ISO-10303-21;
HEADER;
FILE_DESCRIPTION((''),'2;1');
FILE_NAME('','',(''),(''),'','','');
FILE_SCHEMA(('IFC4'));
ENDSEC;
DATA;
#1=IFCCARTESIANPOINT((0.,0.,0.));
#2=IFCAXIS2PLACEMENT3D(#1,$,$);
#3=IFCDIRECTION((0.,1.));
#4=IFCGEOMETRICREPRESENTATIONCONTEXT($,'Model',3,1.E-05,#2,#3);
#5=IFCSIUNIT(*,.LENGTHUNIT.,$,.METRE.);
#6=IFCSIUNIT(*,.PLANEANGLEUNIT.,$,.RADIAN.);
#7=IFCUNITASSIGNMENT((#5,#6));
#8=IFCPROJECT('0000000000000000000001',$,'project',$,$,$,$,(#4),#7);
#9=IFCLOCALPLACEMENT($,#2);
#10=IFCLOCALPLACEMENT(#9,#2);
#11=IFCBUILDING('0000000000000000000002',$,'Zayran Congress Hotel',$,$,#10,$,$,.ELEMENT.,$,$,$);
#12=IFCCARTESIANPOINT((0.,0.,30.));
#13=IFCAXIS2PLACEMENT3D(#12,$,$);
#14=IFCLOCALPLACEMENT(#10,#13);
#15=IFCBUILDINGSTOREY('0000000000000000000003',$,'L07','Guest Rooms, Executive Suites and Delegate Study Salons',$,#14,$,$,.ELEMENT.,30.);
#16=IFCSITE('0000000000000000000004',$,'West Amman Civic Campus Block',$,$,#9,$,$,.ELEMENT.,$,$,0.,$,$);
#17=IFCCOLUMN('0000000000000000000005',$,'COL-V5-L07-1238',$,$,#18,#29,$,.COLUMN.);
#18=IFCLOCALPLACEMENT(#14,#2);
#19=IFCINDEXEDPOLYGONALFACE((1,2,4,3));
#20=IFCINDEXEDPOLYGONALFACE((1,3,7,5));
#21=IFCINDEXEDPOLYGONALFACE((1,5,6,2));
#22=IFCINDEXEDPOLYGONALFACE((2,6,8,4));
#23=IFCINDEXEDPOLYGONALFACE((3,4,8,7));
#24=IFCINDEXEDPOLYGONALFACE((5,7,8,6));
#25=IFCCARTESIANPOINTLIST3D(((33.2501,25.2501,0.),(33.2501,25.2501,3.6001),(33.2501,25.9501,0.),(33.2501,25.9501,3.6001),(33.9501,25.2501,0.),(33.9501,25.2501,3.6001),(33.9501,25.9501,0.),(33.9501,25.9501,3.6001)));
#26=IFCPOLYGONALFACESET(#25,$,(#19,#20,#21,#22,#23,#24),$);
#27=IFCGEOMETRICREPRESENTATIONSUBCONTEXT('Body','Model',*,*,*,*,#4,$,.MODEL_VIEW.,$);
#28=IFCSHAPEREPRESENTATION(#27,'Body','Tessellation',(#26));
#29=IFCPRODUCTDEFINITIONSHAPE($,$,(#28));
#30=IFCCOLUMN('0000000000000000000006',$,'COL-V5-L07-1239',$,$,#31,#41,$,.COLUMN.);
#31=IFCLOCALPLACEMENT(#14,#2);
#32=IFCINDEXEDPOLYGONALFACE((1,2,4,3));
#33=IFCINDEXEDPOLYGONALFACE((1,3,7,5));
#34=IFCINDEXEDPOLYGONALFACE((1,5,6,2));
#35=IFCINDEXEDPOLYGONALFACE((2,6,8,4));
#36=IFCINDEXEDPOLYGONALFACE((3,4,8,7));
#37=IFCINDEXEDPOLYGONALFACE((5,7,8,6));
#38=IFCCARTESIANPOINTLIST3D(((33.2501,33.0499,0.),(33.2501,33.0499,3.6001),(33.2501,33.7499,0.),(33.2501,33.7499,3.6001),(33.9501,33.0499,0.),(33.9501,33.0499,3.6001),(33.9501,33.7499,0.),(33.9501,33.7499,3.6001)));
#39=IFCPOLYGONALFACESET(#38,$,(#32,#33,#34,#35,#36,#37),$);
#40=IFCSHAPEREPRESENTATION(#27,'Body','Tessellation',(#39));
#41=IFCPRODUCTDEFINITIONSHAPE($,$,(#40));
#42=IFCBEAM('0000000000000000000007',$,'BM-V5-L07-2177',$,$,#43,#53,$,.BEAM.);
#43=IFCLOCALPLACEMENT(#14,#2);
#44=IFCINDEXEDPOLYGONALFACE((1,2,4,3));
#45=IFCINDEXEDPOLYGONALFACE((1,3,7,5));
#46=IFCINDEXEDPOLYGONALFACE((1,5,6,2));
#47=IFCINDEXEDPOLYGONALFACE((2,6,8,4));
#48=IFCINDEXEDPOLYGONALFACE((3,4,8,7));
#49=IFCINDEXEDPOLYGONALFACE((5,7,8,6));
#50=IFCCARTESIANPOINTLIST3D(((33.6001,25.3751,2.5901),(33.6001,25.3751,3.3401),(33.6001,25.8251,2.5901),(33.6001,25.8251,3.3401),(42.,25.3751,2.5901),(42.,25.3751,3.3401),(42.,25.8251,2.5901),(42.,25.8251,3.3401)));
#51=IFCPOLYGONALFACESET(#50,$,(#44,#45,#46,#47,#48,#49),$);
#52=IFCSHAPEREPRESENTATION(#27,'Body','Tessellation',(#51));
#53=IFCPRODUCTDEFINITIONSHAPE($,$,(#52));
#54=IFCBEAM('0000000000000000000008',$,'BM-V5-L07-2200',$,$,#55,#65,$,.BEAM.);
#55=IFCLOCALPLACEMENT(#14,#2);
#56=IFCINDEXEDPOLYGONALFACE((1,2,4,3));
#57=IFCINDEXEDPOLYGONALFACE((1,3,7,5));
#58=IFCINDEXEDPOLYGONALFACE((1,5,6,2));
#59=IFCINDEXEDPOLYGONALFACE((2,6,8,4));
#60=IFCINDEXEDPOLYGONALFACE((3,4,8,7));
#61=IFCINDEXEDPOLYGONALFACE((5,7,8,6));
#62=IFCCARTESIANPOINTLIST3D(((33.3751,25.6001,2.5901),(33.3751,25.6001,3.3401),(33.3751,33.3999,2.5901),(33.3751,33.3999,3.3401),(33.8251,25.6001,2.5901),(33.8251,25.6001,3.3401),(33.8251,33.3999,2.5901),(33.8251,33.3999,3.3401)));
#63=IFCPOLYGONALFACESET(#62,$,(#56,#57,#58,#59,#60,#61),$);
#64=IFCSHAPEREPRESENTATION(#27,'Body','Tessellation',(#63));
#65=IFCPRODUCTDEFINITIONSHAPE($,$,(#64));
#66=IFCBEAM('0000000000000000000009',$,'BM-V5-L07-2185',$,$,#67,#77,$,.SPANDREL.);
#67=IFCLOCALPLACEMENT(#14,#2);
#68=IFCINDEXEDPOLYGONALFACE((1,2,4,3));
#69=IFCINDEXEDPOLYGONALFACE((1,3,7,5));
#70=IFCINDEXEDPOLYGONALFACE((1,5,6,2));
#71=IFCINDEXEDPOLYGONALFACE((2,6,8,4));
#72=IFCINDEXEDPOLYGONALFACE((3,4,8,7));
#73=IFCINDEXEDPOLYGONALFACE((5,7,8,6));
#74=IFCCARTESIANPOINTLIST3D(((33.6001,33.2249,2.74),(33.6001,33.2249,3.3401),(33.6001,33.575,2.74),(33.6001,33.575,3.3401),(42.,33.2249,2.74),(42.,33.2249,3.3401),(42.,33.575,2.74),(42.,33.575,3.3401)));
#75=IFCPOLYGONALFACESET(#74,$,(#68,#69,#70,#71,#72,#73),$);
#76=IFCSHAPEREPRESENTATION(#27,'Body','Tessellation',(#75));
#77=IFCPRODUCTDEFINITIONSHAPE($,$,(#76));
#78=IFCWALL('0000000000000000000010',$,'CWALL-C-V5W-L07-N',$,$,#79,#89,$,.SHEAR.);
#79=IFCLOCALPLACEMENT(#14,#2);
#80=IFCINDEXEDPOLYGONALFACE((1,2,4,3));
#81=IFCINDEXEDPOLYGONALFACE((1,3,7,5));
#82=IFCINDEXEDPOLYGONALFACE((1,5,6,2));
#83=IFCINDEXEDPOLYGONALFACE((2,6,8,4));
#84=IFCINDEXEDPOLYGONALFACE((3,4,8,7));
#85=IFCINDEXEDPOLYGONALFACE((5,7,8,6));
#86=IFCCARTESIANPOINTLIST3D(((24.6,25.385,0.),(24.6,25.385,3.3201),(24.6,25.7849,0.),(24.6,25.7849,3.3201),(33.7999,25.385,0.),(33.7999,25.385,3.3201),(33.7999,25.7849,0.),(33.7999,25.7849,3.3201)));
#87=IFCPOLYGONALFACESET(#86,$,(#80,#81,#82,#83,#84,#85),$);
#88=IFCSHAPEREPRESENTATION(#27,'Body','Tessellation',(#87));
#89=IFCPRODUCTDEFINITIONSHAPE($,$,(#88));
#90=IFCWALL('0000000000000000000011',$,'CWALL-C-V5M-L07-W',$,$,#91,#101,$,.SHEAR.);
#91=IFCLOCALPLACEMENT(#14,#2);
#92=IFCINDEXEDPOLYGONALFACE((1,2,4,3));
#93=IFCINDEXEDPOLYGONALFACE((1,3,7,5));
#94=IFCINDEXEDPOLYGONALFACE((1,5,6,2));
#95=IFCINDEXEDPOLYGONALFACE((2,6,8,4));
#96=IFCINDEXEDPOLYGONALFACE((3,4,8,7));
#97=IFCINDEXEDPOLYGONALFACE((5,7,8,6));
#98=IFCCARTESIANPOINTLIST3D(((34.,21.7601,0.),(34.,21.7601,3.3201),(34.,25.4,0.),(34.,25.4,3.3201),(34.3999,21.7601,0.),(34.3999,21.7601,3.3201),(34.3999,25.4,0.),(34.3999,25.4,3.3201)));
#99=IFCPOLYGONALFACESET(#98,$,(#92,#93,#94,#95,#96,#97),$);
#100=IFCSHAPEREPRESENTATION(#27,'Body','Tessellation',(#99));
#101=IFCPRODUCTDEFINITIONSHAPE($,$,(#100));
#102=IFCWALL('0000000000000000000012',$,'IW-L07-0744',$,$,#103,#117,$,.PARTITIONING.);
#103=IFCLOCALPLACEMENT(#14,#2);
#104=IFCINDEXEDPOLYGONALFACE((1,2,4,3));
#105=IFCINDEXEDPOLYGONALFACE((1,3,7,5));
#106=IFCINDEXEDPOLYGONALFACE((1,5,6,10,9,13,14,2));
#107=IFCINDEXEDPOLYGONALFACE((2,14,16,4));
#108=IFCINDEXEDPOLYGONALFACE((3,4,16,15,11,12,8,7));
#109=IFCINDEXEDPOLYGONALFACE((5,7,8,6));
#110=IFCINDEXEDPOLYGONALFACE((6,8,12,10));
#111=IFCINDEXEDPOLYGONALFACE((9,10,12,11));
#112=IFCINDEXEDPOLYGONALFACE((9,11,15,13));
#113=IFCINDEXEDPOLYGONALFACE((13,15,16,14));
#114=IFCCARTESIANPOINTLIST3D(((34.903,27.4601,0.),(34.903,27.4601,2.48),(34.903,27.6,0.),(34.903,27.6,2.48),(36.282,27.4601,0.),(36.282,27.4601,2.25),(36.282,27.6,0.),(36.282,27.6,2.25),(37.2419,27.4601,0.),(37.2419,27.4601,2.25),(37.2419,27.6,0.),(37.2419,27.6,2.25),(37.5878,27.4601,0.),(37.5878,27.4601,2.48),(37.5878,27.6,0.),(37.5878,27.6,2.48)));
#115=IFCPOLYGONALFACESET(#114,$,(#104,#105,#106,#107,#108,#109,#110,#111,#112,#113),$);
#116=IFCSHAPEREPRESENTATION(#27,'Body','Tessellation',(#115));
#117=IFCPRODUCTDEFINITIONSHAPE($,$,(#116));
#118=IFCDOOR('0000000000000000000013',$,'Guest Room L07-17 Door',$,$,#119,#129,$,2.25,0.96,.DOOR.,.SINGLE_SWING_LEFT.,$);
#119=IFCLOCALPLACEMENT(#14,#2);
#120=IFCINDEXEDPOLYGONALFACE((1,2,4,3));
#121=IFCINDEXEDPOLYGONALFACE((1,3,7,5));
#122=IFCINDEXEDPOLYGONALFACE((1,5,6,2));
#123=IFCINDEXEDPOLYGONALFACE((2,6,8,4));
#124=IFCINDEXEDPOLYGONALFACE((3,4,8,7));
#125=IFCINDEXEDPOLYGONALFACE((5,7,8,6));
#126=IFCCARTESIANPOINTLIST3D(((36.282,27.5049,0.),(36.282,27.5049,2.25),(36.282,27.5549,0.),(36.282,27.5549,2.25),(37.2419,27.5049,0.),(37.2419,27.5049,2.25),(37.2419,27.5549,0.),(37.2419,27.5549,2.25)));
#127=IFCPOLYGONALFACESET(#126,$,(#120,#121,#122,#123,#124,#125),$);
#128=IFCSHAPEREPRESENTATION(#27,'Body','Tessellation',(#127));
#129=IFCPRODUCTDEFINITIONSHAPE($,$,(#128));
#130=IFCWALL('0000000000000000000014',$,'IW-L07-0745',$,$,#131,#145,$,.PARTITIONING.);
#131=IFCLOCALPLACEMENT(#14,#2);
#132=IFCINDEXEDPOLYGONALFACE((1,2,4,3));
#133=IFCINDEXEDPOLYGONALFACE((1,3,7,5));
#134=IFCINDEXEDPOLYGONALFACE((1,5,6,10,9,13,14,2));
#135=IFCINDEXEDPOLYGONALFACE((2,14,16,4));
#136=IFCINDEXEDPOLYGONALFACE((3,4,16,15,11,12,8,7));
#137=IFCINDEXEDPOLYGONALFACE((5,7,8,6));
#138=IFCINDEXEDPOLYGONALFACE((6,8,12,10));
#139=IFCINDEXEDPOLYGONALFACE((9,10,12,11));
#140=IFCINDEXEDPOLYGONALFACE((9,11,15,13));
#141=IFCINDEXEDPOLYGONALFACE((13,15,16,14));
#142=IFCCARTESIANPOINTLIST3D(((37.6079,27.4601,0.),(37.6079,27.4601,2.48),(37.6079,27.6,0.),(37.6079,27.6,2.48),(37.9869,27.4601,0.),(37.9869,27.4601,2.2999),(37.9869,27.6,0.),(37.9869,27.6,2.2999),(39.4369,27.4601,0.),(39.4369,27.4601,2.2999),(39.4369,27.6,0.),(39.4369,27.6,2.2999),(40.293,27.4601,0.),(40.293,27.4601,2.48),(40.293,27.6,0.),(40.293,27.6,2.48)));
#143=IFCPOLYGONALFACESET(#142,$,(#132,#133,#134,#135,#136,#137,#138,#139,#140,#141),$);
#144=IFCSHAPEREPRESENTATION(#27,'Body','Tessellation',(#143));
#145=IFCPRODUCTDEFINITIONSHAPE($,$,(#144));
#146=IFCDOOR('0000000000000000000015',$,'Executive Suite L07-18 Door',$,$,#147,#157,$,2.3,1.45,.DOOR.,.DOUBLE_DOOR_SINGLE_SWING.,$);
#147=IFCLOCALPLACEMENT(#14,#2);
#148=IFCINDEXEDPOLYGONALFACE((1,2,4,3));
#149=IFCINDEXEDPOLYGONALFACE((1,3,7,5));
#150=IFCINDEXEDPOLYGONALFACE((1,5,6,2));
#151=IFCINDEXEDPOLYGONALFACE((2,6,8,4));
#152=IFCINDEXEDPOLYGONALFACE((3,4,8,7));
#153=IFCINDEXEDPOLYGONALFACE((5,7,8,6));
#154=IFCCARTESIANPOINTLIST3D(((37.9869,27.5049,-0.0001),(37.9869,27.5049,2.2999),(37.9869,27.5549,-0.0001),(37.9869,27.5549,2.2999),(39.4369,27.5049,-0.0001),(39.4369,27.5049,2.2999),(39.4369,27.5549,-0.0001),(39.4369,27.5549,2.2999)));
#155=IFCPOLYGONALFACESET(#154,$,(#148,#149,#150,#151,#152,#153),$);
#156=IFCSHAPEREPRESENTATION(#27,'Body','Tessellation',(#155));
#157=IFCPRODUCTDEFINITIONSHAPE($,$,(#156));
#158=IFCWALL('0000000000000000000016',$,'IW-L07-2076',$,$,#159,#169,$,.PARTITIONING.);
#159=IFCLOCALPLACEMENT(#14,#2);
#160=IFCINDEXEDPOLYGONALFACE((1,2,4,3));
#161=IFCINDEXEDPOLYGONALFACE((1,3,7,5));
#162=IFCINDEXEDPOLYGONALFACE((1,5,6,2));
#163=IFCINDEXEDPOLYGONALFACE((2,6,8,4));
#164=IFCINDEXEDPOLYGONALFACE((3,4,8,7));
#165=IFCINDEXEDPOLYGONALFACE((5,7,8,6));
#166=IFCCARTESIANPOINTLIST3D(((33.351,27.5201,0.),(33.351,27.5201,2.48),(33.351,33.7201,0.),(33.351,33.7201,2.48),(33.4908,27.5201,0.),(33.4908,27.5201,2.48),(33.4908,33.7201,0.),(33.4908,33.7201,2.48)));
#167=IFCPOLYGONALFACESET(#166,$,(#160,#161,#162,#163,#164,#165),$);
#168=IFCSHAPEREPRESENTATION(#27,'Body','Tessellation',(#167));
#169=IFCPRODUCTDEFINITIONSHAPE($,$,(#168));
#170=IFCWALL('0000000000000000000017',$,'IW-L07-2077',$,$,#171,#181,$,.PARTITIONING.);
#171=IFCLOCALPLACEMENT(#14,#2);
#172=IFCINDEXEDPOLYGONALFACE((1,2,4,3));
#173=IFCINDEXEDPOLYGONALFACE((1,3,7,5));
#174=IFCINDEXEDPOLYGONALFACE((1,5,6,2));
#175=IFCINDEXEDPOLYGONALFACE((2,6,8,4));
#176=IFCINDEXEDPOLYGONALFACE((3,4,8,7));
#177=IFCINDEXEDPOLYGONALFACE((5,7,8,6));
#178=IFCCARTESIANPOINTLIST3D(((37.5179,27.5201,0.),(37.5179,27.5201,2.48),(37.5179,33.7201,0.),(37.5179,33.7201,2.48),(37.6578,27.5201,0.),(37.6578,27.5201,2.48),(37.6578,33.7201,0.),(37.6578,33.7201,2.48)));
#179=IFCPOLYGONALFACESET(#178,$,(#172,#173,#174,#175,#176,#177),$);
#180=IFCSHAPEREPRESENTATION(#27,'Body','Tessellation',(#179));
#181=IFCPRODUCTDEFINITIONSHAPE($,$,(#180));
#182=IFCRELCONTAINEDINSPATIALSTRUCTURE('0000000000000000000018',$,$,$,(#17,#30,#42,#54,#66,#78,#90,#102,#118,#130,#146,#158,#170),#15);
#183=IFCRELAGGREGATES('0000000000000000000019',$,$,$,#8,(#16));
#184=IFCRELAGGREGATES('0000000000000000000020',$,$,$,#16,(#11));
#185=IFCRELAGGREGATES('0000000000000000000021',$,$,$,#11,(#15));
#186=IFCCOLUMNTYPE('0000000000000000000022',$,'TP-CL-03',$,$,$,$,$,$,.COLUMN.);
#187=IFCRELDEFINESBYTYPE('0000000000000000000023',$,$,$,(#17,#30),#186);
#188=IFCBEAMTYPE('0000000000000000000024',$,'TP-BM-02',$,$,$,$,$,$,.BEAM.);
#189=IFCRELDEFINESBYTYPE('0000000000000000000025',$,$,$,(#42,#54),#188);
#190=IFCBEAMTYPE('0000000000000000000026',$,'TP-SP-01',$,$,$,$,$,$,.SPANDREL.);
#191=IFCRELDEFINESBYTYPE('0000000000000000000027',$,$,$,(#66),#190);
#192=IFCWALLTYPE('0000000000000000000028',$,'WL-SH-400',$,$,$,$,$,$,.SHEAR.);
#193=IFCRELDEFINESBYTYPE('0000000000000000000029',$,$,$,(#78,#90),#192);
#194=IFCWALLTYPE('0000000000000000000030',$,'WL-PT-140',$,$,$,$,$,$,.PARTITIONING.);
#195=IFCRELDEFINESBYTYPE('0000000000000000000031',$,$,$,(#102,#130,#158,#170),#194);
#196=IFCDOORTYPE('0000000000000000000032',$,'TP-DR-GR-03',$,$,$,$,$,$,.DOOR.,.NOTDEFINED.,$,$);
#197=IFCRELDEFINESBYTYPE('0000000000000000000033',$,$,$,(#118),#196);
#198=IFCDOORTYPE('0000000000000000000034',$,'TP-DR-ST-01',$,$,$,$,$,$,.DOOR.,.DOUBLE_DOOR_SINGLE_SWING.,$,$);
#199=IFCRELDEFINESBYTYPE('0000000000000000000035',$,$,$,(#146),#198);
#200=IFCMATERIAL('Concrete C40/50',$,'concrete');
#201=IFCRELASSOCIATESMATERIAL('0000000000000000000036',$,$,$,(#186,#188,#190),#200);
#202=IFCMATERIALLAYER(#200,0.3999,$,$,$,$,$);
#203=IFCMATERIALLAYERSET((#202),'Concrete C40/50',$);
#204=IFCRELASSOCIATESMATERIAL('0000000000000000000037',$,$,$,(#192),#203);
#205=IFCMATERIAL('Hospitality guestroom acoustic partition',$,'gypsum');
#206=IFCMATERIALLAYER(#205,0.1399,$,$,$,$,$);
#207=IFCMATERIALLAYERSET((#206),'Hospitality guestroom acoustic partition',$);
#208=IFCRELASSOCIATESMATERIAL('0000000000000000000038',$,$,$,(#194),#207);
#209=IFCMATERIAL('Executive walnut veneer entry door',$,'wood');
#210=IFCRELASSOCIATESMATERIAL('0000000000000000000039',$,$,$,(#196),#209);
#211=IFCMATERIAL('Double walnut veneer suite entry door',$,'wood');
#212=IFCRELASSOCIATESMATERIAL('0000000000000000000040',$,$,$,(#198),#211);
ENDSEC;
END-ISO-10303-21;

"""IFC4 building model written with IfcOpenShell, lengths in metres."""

from ifc_helpers import new_model, si_unit, direction, frame, frame_2d, origin, origin_2d, place, context, subcontext, project, spatial, rectangle, extrude, material, layer, layer_set, material_profile, profile_set, type_object, element, fill, save


model = new_model("IFC4")

# Units and contexts
model_context = context("Model", 3, precision=1e-05, world=origin(), true_north=direction((0.0, 1.0)))
body_context = subcontext(model_context, "Body", "Model", "MODEL_VIEW")
ifc_project = project(units=[si_unit("LENGTHUNIT", "METRE"), si_unit("PLANEANGLEUNIT", "RADIAN")], contexts=[model_context])

# Site, building, storey
site_placement = place(None, origin())
site = spatial("IfcSite", under=ifc_project, at=site_placement, Name="West Amman Civic Campus Block", CompositionType="ELEMENT", RefElevation=0.0)
building_placement = place(site_placement, origin())
building = spatial("IfcBuilding", under=site, at=building_placement, Name="Zayran Congress Hotel", CompositionType="ELEMENT")
storey_placement = place(building_placement, frame((0.0, 0.0, 30.0)))
storey = spatial("IfcBuildingStorey", under=building, at=storey_placement, Name="L07", Description="Guest Rooms, Executive Suites and Delegate Study Salons", CompositionType="ELEMENT", Elevation=30.0)

# Columns
ifc_material_1 = material(Name="Concrete C40/50", Category="concrete")
ifc_material_profile_1 = material_profile(ifc_material_1, rectangle(XDim=0.7, YDim=0.7, at=origin_2d()), Name="RC 700x700")
ifc_profile_set_1 = profile_set([ifc_material_profile_1], Name="Concrete C40/50")
column_type = type_object("IfcColumnType", Name="TP-CL-03", PredefinedType="COLUMN", material=ifc_profile_set_1)
for number, where, z_axis, x_axis, name in (
    (1, (33.6001, 25.6001, 0.0), (0.0, 0.0, 1.0), (1.0, 0.0, 0.0), "COL-V5-L07-1238"),
    (2, (33.6001, 33.3999, 0.0), (0.0, 0.0, 1.0), (1.0, 0.0, 0.0), "COL-V5-L07-1239"),
):
    element("IfcColumn", number, at=place(storey_placement, frame(where, z_axis=z_axis, x_axis=x_axis)), inside=storey, type_object=column_type, Name=name, PredefinedType="COLUMN", context=body_context, shape_type="SweptSolid", body=[
        extrude(rectangle(XDim=0.7, YDim=0.7, at=origin_2d()), origin(), (0.0, 0.0, 1.0), 3.6001),
    ])

# Beams
ifc_material_profile_2 = material_profile(ifc_material_1, rectangle(XDim=0.45, YDim=0.75, at=origin_2d()), Name="RC 450x750")
ifc_profile_set_2 = profile_set([ifc_material_profile_2], Name="Concrete C40/50")
beam_type_1 = type_object("IfcBeamType", Name="TP-BM-02", PredefinedType="BEAM", material=ifc_profile_set_2)
beam_1_placement = place(storey_placement, frame((33.6001, 25.6001, 2.9651), z_axis=(1.0, 0.0, 0.0), x_axis=(0.0, 1.0, 0.0)))
element("IfcBeam", 3, at=beam_1_placement, inside=storey, type_object=beam_type_1, Name="BM-V5-L07-2177", PredefinedType="BEAM", context=body_context, shape_type="SweptSolid", body=[
    extrude(rectangle(XDim=0.45, YDim=0.75, at=origin_2d()), origin(), (0.0, 0.0, 1.0), 8.3999),
])
beam_2_placement = place(storey_placement, frame((33.6001, 25.6001, 2.9651), z_axis=(0.0, 1.0, 0.0), x_axis=(-1.0, 0.0, 0.0)))
element("IfcBeam", 4, at=beam_2_placement, inside=storey, type_object=beam_type_1, Name="BM-V5-L07-2200", PredefinedType="BEAM", context=body_context, shape_type="SweptSolid", body=[
    extrude(rectangle(XDim=0.45, YDim=0.75, at=origin_2d()), origin(), (0.0, 0.0, 1.0), 7.7998),
])
ifc_material_profile_3 = material_profile(ifc_material_1, rectangle(XDim=0.3501, YDim=0.6001, at=origin_2d()), Name="RC 350x600")
ifc_profile_set_3 = profile_set([ifc_material_profile_3], Name="Concrete C40/50")
beam_type_2 = type_object("IfcBeamType", Name="TP-SP-01", PredefinedType="SPANDREL", material=ifc_profile_set_3)
beam_3_placement = place(storey_placement, frame((33.6001, 33.3999, 3.04), z_axis=(1.0, 0.0, 0.0), x_axis=(0.0, 1.0, 0.0)))
element("IfcBeam", 5, at=beam_3_placement, inside=storey, type_object=beam_type_2, Name="BM-V5-L07-2185", PredefinedType="SPANDREL", context=body_context, shape_type="SweptSolid", body=[
    extrude(rectangle(XDim=0.3501, YDim=0.6001, at=origin_2d()), origin(), (0.0, 0.0, 1.0), 8.3999),
])

# Walls
ifc_layer_1 = layer(ifc_material_1, 0.3999)
ifc_layer_set_1 = layer_set([ifc_layer_1], Name="Concrete C40/50")
wall_type_1 = type_object("IfcWallType", Name="WL-SH-400", PredefinedType="SHEAR", material=ifc_layer_set_1)
wall_1_placement = place(storey_placement, frame((33.8, 25.585, 0.0), z_axis=(0.0, 0.0, 1.0), x_axis=(-1.0, 0.0, 0.0)))
element("IfcWall", 6, at=wall_1_placement, inside=storey, type_object=wall_type_1, Name="CWALL-C-V5W-L07-N", PredefinedType="SHEAR", context=body_context, shape_type="SweptSolid", body=[
    extrude(rectangle(XDim=9.2, YDim=0.3999, at=frame_2d((4.6001, 0.0))), origin(), (0.0, 0.0, 1.0), 3.3201),
])
wall_2_placement = place(storey_placement, frame((34.2, 25.3999, 0.0), z_axis=(0.0, 0.0, 1.0), x_axis=(0.0, -1.0, 0.0)))
element("IfcWall", 7, at=wall_2_placement, inside=storey, type_object=wall_type_1, Name="CWALL-C-V5M-L07-W", PredefinedType="SHEAR", context=body_context, shape_type="SweptSolid", body=[
    extrude(rectangle(XDim=3.6399, YDim=0.3999, at=frame_2d((1.8198, 0.0))), origin(), (0.0, 0.0, 1.0), 3.3201),
])

# Walls, openings, doors
ifc_material_2 = material(Name="Hospitality guestroom acoustic partition", Category="gypsum")
ifc_layer_2 = layer(ifc_material_2, 0.1399)
ifc_layer_set_2 = layer_set([ifc_layer_2], Name="Hospitality guestroom acoustic partition")
wall_type_2 = type_object("IfcWallType", Name="WL-PT-140", PredefinedType="PARTITIONING", material=ifc_layer_set_2)
wall_3_placement = place(storey_placement, frame((34.9031, 27.53, 0.0), z_axis=(0.0, 0.0, 1.0), x_axis=(1.0, 0.0, 0.0)))
wall_3 = element("IfcWall", 8, at=wall_3_placement, inside=storey, type_object=wall_type_2, Name="IW-L07-0744", PredefinedType="PARTITIONING", context=body_context, shape_type="SweptSolid", body=[
    extrude(rectangle(XDim=2.6848, YDim=0.1399, at=frame_2d((1.3423, 0.0))), origin(), (0.0, 0.0, 1.0), 2.48),
])
opening_1_placement = place(wall_3_placement, frame((1.3789, 0.0, 0.0)))
opening_1 = element("IfcOpeningElement", 9, at=opening_1_placement, cuts=wall_3, PredefinedType="OPENING", context=body_context, shape_type="SweptSolid", body=[
    extrude(rectangle(XDim=0.96, YDim=2.25, at=frame_2d((0.48, 1.125))), frame((0.0, 0.0798, 0.0), z_axis=(0.0, -1.0, 0.0), x_axis=(1.0, 0.0, 0.0)), (0.0, 0.0, 1.0), 0.1599),
])
ifc_material_3 = material(Name="Executive walnut veneer entry door", Category="wood")
door_type_1 = type_object("IfcDoorType", Name="TP-DR-GR-03", OperationType="NOTDEFINED", PredefinedType="DOOR", material=ifc_material_3)
door_1_placement = place(opening_1_placement, origin())
door_1 = element("IfcDoor", 10, at=door_1_placement, inside=storey, type_object=door_type_1, Name="Guest Room L07-17 Door", OperationType="SINGLE_SWING_LEFT", OverallHeight=2.25, OverallWidth=0.96, PredefinedType="DOOR", context=body_context, shape_type="SweptSolid", body=[
    extrude(rectangle(XDim=0.96, YDim=2.25, at=frame_2d((0.48, 1.125))), frame((0.0, 0.0249, 0.0), z_axis=(0.0, -1.0, 0.0), x_axis=(1.0, 0.0, 0.0)), (0.0, 0.0, 1.0), 0.05),
])
fill(opening_1, door_1)
wall_4_placement = place(storey_placement, frame((37.6079, 27.53, 0.0), z_axis=(0.0, 0.0, 1.0), x_axis=(1.0, 0.0, 0.0)))
wall_4 = element("IfcWall", 11, at=wall_4_placement, inside=storey, type_object=wall_type_2, Name="IW-L07-0745", PredefinedType="PARTITIONING", context=body_context, shape_type="SweptSolid", body=[
    extrude(rectangle(XDim=2.6851, YDim=0.1399, at=frame_2d((1.3425, 0.0))), origin(), (0.0, 0.0, 1.0), 2.48),
])
opening_2_placement = place(wall_4_placement, frame((0.3789, 0.0, 0.0)))
opening_2 = element("IfcOpeningElement", 12, at=opening_2_placement, cuts=wall_4, PredefinedType="OPENING", context=body_context, shape_type="SweptSolid", body=[
    extrude(rectangle(XDim=1.45, YDim=2.3, at=frame_2d((0.7251, 1.1499))), frame((0.0, 0.0798, 0.0), z_axis=(0.0, -1.0, 0.0), x_axis=(1.0, 0.0, 0.0)), (0.0, 0.0, 1.0), 0.1599),
])
ifc_material_4 = material(Name="Double walnut veneer suite entry door", Category="wood")
door_type_2 = type_object("IfcDoorType", Name="TP-DR-ST-01", OperationType="DOUBLE_DOOR_SINGLE_SWING", PredefinedType="DOOR", material=ifc_material_4)
door_2_placement = place(opening_2_placement, origin())
door_2 = element("IfcDoor", 13, at=door_2_placement, inside=storey, type_object=door_type_2, Name="Executive Suite L07-18 Door", OperationType="DOUBLE_DOOR_SINGLE_SWING", OverallHeight=2.3, OverallWidth=1.45, PredefinedType="DOOR", context=body_context, shape_type="SweptSolid", body=[
    extrude(rectangle(XDim=1.45, YDim=2.3, at=frame_2d((0.7251, 1.1499))), frame((0.0, 0.0249, 0.0), z_axis=(0.0, -1.0, 0.0), x_axis=(1.0, 0.0, 0.0)), (0.0, 0.0, 1.0), 0.05),
])
fill(opening_2, door_2)

# Walls
for number, where, z_axis, x_axis, name in (
    (14, (33.4209, 27.52, 0.0), (0.0, 0.0, 1.0), (0.0, 1.0, 0.0), "IW-L07-2076"),
    (15, (37.5879, 27.52, 0.0), (0.0, 0.0, 1.0), (0.0, 1.0, 0.0), "IW-L07-2077"),
):
    element("IfcWall", number, at=place(storey_placement, frame(where, z_axis=z_axis, x_axis=x_axis)), inside=storey, type_object=wall_type_2, Name=name, PredefinedType="PARTITIONING", context=body_context, shape_type="SweptSolid", body=[
        extrude(rectangle(XDim=6.2, YDim=0.1399, at=frame_2d((3.1001, 0.0))), origin(), (0.0, 0.0, 1.0), 2.48),
    ])

save(model, "model.ifc")
